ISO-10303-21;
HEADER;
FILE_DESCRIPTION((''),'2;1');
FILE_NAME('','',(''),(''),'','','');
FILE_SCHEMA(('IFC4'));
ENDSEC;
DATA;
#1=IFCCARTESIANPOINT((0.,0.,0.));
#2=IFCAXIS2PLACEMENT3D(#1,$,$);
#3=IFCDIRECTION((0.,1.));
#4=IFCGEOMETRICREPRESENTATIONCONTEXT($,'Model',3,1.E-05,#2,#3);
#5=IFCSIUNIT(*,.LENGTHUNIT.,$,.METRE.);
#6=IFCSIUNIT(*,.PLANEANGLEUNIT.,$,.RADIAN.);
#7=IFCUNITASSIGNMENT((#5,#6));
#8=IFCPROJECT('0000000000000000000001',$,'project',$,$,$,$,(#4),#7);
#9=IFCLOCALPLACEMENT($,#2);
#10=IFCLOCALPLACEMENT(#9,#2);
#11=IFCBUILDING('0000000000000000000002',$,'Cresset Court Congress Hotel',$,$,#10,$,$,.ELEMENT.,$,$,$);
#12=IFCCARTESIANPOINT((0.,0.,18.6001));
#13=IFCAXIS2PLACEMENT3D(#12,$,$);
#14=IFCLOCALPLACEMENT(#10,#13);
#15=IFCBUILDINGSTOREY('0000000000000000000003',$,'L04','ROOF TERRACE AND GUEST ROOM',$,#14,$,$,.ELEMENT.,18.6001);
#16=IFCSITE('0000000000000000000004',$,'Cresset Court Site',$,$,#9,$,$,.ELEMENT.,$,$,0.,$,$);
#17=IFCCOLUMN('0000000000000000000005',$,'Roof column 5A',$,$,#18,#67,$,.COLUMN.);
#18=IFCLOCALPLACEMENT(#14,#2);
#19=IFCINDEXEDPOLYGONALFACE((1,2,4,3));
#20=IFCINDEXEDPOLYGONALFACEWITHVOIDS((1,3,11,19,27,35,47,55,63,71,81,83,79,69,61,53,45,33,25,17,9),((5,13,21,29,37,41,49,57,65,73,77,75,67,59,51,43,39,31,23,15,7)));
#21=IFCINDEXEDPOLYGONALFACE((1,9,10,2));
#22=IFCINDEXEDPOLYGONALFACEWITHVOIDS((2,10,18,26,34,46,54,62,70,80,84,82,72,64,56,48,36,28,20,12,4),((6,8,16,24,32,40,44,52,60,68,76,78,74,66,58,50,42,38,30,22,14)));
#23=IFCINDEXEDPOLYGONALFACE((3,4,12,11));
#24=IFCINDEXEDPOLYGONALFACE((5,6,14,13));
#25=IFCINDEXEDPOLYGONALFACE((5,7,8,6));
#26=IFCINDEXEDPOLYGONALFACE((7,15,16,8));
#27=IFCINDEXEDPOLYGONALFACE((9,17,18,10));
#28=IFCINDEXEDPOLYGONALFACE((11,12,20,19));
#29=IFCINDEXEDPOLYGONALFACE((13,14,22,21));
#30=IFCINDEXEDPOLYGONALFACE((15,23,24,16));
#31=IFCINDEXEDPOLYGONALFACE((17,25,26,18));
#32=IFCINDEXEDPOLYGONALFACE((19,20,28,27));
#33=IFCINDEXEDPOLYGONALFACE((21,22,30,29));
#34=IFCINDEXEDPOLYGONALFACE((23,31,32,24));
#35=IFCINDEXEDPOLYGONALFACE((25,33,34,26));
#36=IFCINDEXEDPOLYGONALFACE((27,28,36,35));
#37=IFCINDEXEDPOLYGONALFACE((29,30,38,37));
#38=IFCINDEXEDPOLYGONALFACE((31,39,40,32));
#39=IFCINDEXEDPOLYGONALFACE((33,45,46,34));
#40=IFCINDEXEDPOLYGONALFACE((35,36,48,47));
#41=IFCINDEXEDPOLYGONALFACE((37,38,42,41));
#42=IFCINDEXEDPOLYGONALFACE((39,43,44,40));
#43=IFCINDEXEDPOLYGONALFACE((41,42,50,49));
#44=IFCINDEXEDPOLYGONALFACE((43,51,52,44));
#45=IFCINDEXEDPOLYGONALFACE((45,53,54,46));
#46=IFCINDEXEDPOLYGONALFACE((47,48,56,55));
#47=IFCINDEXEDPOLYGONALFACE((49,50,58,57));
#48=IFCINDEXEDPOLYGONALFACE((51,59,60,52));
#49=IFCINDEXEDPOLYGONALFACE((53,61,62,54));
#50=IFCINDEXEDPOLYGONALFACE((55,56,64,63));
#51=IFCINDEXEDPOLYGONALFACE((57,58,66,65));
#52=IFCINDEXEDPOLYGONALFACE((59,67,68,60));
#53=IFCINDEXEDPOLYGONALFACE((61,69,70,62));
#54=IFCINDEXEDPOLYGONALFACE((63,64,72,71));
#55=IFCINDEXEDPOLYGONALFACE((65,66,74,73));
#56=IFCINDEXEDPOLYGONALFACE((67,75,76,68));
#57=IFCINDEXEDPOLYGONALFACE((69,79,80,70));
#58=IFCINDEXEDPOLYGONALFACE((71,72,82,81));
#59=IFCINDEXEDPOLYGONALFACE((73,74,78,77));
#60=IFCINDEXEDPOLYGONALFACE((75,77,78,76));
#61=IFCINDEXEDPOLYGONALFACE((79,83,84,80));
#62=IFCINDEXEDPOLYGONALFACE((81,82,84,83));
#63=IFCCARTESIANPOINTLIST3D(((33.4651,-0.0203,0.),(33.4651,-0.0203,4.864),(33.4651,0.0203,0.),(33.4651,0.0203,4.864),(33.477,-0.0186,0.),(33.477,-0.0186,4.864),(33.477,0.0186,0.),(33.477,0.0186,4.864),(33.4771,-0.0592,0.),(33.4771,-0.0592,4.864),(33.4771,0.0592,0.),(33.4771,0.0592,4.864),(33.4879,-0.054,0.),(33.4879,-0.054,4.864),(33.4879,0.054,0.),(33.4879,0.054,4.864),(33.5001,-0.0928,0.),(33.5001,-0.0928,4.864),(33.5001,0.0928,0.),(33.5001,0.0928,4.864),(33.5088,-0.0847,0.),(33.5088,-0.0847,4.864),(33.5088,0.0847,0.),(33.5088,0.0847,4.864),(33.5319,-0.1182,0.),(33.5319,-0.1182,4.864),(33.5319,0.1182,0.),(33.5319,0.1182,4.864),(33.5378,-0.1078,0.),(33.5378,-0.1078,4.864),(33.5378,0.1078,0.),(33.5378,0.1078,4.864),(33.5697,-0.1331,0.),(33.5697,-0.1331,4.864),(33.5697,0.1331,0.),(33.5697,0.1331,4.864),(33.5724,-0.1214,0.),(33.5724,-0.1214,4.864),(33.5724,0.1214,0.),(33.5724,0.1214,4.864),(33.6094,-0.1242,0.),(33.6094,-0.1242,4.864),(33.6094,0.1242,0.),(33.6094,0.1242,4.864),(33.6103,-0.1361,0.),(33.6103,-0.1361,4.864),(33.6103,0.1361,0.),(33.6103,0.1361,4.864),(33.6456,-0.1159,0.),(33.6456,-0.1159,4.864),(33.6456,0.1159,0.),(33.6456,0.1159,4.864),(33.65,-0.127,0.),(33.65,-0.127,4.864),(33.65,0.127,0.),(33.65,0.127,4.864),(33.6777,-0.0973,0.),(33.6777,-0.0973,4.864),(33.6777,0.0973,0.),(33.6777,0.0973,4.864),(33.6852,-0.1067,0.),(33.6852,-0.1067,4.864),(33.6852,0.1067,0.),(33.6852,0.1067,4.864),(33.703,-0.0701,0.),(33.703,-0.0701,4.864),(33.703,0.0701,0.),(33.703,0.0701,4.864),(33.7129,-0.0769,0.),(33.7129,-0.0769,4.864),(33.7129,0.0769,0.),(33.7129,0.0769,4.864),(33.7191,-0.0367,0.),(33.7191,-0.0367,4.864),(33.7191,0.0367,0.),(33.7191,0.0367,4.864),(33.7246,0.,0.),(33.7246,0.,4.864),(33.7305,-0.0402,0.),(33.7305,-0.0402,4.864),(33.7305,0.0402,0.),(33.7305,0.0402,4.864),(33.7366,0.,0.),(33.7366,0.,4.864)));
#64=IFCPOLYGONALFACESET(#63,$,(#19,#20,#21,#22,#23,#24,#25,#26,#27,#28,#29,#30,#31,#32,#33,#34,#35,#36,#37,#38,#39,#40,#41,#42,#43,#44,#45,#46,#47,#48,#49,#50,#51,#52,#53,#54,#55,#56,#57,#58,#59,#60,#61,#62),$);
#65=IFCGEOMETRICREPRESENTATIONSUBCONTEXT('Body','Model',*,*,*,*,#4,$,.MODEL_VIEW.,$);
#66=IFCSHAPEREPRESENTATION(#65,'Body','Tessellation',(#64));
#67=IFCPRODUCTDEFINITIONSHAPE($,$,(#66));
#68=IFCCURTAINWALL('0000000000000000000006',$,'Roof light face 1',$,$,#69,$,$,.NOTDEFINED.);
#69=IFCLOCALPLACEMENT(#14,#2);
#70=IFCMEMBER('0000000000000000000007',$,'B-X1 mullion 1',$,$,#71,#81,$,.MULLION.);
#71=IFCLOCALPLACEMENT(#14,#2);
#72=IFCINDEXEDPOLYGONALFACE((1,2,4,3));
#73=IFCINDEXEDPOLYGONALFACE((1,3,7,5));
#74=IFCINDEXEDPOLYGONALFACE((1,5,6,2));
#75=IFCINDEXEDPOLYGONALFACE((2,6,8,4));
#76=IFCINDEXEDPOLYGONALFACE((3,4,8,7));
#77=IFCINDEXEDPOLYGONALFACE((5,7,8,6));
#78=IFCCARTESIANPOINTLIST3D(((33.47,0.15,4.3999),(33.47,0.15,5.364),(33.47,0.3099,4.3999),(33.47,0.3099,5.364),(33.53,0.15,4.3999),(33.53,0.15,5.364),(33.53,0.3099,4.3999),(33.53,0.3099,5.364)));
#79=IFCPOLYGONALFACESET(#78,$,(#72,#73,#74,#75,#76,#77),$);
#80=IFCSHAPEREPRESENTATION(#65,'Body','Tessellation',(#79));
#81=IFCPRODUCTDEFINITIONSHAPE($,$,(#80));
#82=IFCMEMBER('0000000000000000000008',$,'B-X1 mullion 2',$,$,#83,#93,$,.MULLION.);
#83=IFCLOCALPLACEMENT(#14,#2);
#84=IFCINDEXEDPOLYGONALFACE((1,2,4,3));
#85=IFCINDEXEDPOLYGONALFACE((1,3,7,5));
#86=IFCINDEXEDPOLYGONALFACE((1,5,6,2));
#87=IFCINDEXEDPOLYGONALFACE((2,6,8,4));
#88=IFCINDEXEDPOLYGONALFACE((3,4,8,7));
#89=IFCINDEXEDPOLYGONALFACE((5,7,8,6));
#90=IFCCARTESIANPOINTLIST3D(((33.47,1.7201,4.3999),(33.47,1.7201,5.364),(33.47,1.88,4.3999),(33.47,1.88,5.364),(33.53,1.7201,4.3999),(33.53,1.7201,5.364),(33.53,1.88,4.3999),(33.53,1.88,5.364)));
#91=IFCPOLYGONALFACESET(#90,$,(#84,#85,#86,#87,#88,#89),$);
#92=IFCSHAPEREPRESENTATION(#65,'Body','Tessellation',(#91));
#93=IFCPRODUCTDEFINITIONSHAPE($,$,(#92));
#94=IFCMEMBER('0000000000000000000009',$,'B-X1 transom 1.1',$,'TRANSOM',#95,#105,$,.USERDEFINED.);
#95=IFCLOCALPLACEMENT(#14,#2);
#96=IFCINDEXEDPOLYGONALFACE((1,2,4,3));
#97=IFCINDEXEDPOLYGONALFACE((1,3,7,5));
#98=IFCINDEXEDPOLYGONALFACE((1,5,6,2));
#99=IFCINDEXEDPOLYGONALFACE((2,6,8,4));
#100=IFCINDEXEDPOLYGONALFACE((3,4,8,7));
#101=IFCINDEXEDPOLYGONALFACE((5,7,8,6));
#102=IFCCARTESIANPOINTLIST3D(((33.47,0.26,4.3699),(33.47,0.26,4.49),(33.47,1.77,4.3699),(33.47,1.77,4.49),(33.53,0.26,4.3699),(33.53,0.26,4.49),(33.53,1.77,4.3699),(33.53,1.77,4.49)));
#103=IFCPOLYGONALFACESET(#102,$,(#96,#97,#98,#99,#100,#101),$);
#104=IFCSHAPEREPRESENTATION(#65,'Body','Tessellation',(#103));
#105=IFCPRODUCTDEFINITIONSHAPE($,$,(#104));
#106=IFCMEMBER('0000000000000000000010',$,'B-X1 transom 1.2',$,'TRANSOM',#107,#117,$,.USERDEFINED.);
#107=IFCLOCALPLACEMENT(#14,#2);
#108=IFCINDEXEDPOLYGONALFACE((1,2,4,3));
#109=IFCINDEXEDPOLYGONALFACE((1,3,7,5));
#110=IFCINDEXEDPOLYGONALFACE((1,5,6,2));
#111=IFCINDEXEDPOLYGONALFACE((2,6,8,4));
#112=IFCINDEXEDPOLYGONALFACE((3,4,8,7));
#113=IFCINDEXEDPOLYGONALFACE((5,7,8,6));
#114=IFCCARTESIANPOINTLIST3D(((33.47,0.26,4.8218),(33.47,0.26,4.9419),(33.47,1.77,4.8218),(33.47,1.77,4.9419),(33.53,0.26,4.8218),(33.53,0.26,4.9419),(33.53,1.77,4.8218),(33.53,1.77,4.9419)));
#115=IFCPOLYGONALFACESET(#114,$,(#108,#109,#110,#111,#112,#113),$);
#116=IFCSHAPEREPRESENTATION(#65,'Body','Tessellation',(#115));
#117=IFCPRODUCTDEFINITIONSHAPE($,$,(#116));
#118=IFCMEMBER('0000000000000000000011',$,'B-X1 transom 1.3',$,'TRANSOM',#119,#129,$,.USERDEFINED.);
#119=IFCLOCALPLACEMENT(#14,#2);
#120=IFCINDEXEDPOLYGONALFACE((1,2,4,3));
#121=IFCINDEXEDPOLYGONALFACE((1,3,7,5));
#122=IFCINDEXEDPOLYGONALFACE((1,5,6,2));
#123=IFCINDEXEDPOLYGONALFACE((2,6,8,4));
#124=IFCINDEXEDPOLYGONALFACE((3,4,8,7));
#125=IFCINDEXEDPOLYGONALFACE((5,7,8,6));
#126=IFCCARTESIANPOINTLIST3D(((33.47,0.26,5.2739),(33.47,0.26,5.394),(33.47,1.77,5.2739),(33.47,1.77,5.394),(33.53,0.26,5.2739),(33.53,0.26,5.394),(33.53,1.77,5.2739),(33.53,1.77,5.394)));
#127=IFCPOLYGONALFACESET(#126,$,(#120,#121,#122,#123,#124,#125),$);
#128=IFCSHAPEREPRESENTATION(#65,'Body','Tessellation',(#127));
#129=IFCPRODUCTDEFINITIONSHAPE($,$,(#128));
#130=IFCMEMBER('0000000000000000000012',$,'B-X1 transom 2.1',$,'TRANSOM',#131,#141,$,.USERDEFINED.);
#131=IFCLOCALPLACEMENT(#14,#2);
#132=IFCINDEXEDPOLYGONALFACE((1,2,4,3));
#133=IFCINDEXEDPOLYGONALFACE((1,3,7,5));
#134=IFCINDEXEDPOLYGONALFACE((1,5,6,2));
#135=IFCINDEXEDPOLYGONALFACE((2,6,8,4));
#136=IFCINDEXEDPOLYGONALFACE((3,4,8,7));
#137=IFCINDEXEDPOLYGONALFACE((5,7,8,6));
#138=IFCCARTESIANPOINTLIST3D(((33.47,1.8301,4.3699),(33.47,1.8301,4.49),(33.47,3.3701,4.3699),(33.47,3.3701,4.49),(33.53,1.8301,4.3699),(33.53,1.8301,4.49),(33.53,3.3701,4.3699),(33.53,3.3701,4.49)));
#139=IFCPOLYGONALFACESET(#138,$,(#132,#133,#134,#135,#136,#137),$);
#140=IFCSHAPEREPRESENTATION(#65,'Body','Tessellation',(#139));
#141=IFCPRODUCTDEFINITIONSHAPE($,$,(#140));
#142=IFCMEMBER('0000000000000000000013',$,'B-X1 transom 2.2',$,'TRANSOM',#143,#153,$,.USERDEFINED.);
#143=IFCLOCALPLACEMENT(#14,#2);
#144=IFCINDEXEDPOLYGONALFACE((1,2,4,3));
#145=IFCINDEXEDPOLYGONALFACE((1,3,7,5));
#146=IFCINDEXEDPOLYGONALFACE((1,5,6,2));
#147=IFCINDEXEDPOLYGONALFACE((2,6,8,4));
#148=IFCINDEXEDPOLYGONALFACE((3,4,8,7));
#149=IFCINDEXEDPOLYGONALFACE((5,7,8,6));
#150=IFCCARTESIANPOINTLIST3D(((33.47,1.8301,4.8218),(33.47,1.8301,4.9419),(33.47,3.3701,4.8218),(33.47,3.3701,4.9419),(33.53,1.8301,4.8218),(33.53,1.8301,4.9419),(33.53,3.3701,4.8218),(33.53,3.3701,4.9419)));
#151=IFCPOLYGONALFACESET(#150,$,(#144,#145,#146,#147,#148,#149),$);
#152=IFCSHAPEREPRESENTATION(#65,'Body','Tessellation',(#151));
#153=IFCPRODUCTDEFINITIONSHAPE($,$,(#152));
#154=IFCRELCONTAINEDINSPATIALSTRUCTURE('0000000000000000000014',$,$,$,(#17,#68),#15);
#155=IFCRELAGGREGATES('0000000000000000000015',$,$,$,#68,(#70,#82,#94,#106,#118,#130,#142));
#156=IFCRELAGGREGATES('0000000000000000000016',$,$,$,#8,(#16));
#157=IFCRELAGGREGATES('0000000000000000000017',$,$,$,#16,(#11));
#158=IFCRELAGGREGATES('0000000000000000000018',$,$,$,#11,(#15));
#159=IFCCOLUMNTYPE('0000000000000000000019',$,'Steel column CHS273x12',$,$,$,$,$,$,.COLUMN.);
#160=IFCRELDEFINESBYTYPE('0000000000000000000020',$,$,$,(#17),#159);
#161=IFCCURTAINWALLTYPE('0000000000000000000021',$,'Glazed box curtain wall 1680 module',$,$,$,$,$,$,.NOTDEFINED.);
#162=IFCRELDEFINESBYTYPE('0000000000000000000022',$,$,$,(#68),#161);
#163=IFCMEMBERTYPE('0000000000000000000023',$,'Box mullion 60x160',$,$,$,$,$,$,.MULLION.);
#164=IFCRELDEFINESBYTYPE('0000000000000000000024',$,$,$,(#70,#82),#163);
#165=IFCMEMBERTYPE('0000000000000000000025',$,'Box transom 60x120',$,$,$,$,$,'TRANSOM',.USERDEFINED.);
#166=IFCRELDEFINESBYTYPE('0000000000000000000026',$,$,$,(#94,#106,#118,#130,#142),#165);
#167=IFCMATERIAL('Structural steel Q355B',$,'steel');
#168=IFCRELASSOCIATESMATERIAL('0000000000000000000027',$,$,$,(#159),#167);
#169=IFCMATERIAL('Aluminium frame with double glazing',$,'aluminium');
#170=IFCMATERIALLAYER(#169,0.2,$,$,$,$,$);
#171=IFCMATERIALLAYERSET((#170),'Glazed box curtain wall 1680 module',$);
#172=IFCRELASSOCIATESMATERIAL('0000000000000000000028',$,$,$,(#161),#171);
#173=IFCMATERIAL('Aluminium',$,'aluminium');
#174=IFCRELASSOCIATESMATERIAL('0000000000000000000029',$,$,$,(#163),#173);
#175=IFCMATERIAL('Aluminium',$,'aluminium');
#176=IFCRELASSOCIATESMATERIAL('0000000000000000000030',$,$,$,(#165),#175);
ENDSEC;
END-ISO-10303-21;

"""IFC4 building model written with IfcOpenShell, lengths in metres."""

from ifc_helpers import new_model, si_unit, direction, frame, origin, origin_2d, place, context, subcontext, project, spatial, rectangle, hollow_circle, extrude, material, layer, layer_set, material_profile, profile_set, type_object, element, aggregate, save


model = new_model("IFC4")

# Units and contexts
model_context = context("Model", 3, precision=1e-05, world=origin(), true_north=direction((0.0, 1.0)))
body_context = subcontext(model_context, "Body", "Model", "MODEL_VIEW")
ifc_project = project(units=[si_unit("LENGTHUNIT", "METRE"), si_unit("PLANEANGLEUNIT", "RADIAN")], contexts=[model_context])

# Site, building, storey
site_placement = place(None, origin())
site = spatial("IfcSite", under=ifc_project, at=site_placement, Name="Cresset Court Site", CompositionType="ELEMENT", RefElevation=0.0)
building_placement = place(site_placement, origin())
building = spatial("IfcBuilding", under=site, at=building_placement, Name="Cresset Court Congress Hotel", CompositionType="ELEMENT")
storey_placement = place(building_placement, frame((0.0, 0.0, 18.6001)))
storey = spatial("IfcBuildingStorey", under=building, at=storey_placement, Name="L04", Description="ROOF TERRACE AND GUEST ROOM", CompositionType="ELEMENT", Elevation=18.6001)

# Column
ifc_material_1 = material(Name="Structural steel Q355B", Category="steel")
ifc_material_profile_1 = material_profile(ifc_material_1, hollow_circle(Radius=0.1365, WallThickness=0.012, at=origin_2d()), Name="CHS273x12")
ifc_profile_set_1 = profile_set([ifc_material_profile_1], Name="Structural steel Q355B")
column_type = type_object("IfcColumnType", Name="Steel column CHS273x12", PredefinedType="COLUMN", material=ifc_profile_set_1)
column_placement = place(storey_placement, frame((33.6001, 0.0, 0.0), z_axis=(0.0, 0.0, 1.0), x_axis=(1.0, 0.0, 0.0)))
element("IfcColumn", 1, at=column_placement, inside=storey, type_object=column_type, Name="Roof column 5A", PredefinedType="COLUMN", context=body_context, shape_type="SweptSolid", body=[
    extrude(hollow_circle(Radius=0.1365, WallThickness=0.012, at=origin_2d()), origin(), (0.0, 0.0, 1.0), 4.864),
])

# Curtain wall, members
ifc_material_2 = material(Name="Aluminium frame with double glazing", Category="aluminium")
ifc_layer_1 = layer(ifc_material_2, 0.2)
ifc_layer_set_1 = layer_set([ifc_layer_1], Name="Glazed box curtain wall 1680 module")
curtain_wall_type = type_object("IfcCurtainWallType", Name="Glazed box curtain wall 1680 module", PredefinedType="NOTDEFINED", material=ifc_layer_set_1)
curtain_wall_placement = place(storey_placement, origin())
curtain_wall = element("IfcCurtainWall", 2, at=curtain_wall_placement, inside=storey, type_object=curtain_wall_type, Name="Roof light face 1", PredefinedType="NOTDEFINED")
ifc_material_3 = material(Name="Aluminium", Category="aluminium")
ifc_material_profile_2 = material_profile(ifc_material_3, rectangle(XDim=0.0601, YDim=0.1599, at=origin_2d()), Name="Box mullion 60x160")
ifc_profile_set_2 = profile_set([ifc_material_profile_2], Name="Aluminium")
member_type_1 = type_object("IfcMemberType", Name="Box mullion 60x160", PredefinedType="MULLION", material=ifc_profile_set_2)
member_1_placement = place(storey_placement, frame((33.5, 0.23, 4.3999), z_axis=(0.0, 0.0, 1.0), x_axis=(-1.0, 0.0, 0.0)))
member_1 = element("IfcMember", 3, at=member_1_placement, type_object=member_type_1, Name="B-X1 mullion 1", PredefinedType="MULLION", context=body_context, shape_type="SweptSolid", body=[
    extrude(rectangle(XDim=0.0601, YDim=0.1599, at=origin_2d()), origin(), (0.0, 0.0, 1.0), 0.9641),
])
member_2_placement = place(storey_placement, frame((33.5, 1.8, 4.3999), z_axis=(0.0, 0.0, 1.0), x_axis=(-1.0, 0.0, 0.0)))
member_2 = element("IfcMember", 4, at=member_2_placement, type_object=member_type_1, Name="B-X1 mullion 2", PredefinedType="MULLION", context=body_context, shape_type="SweptSolid", body=[
    extrude(rectangle(XDim=0.0601, YDim=0.1599, at=origin_2d()), origin(), (0.0, 0.0, 1.0), 0.9641),
])
ifc_material_4 = material(Name="Aluminium", Category="aluminium")
ifc_material_profile_3 = material_profile(ifc_material_4, rectangle(XDim=0.0601, YDim=0.1201, at=origin_2d()), Name="Box transom 60x120")
ifc_profile_set_3 = profile_set([ifc_material_profile_3], Name="Aluminium")
member_type_2 = type_object("IfcMemberType", Name="Box transom 60x120", ElementType="TRANSOM", PredefinedType="USERDEFINED", material=ifc_profile_set_3)
member_3_placement = place(storey_placement, frame((33.5, 0.26, 4.4299), z_axis=(0.0, 1.0, 0.0), x_axis=(-1.0, 0.0, 0.0)))
member_3 = element("IfcMember", 5, at=member_3_placement, type_object=member_type_2, Name="B-X1 transom 1.1", ObjectType="TRANSOM", PredefinedType="USERDEFINED", context=body_context, shape_type="SweptSolid", body=[
    extrude(rectangle(XDim=0.0601, YDim=0.1201, at=origin_2d()), origin(), (0.0, 0.0, 1.0), 1.51),
])
member_4_placement = place(storey_placement, frame((33.5, 0.26, 4.8818), z_axis=(0.0, 1.0, 0.0), x_axis=(-1.0, 0.0, 0.0)))
member_4 = element("IfcMember", 6, at=member_4_placement, type_object=member_type_2, Name="B-X1 transom 1.2", ObjectType="TRANSOM", PredefinedType="USERDEFINED", context=body_context, shape_type="SweptSolid", body=[
    extrude(rectangle(XDim=0.0601, YDim=0.1201, at=origin_2d()), origin(), (0.0, 0.0, 1.0), 1.51),
])
member_5_placement = place(storey_placement, frame((33.5, 0.26, 5.334), z_axis=(0.0, 1.0, 0.0), x_axis=(-1.0, 0.0, 0.0)))
member_5 = element("IfcMember", 7, at=member_5_placement, type_object=member_type_2, Name="B-X1 transom 1.3", ObjectType="TRANSOM", PredefinedType="USERDEFINED", context=body_context, shape_type="SweptSolid", body=[
    extrude(rectangle(XDim=0.0601, YDim=0.1201, at=origin_2d()), origin(), (0.0, 0.0, 1.0), 1.51),
])
member_6_placement = place(storey_placement, frame((33.5, 1.8301, 4.4299), z_axis=(0.0, 1.0, 0.0), x_axis=(-1.0, 0.0, 0.0)))
member_6 = element("IfcMember", 8, at=member_6_placement, type_object=member_type_2, Name="B-X1 transom 2.1", ObjectType="TRANSOM", PredefinedType="USERDEFINED", context=body_context, shape_type="SweptSolid", body=[
    extrude(rectangle(XDim=0.0601, YDim=0.1201, at=origin_2d()), origin(), (0.0, 0.0, 1.0), 1.54),
])
member_7_placement = place(storey_placement, frame((33.5, 1.8301, 4.8818), z_axis=(0.0, 1.0, 0.0), x_axis=(-1.0, 0.0, 0.0)))
member_7 = element("IfcMember", 9, at=member_7_placement, type_object=member_type_2, Name="B-X1 transom 2.2", ObjectType="TRANSOM", PredefinedType="USERDEFINED", context=body_context, shape_type="SweptSolid", body=[
    extrude(rectangle(XDim=0.0601, YDim=0.1201, at=origin_2d()), origin(), (0.0, 0.0, 1.0), 1.54),
])

aggregate(curtain_wall, [member_1, member_2, member_3, member_4, member_5, member_6, member_7])

save(model, "model.ifc")
